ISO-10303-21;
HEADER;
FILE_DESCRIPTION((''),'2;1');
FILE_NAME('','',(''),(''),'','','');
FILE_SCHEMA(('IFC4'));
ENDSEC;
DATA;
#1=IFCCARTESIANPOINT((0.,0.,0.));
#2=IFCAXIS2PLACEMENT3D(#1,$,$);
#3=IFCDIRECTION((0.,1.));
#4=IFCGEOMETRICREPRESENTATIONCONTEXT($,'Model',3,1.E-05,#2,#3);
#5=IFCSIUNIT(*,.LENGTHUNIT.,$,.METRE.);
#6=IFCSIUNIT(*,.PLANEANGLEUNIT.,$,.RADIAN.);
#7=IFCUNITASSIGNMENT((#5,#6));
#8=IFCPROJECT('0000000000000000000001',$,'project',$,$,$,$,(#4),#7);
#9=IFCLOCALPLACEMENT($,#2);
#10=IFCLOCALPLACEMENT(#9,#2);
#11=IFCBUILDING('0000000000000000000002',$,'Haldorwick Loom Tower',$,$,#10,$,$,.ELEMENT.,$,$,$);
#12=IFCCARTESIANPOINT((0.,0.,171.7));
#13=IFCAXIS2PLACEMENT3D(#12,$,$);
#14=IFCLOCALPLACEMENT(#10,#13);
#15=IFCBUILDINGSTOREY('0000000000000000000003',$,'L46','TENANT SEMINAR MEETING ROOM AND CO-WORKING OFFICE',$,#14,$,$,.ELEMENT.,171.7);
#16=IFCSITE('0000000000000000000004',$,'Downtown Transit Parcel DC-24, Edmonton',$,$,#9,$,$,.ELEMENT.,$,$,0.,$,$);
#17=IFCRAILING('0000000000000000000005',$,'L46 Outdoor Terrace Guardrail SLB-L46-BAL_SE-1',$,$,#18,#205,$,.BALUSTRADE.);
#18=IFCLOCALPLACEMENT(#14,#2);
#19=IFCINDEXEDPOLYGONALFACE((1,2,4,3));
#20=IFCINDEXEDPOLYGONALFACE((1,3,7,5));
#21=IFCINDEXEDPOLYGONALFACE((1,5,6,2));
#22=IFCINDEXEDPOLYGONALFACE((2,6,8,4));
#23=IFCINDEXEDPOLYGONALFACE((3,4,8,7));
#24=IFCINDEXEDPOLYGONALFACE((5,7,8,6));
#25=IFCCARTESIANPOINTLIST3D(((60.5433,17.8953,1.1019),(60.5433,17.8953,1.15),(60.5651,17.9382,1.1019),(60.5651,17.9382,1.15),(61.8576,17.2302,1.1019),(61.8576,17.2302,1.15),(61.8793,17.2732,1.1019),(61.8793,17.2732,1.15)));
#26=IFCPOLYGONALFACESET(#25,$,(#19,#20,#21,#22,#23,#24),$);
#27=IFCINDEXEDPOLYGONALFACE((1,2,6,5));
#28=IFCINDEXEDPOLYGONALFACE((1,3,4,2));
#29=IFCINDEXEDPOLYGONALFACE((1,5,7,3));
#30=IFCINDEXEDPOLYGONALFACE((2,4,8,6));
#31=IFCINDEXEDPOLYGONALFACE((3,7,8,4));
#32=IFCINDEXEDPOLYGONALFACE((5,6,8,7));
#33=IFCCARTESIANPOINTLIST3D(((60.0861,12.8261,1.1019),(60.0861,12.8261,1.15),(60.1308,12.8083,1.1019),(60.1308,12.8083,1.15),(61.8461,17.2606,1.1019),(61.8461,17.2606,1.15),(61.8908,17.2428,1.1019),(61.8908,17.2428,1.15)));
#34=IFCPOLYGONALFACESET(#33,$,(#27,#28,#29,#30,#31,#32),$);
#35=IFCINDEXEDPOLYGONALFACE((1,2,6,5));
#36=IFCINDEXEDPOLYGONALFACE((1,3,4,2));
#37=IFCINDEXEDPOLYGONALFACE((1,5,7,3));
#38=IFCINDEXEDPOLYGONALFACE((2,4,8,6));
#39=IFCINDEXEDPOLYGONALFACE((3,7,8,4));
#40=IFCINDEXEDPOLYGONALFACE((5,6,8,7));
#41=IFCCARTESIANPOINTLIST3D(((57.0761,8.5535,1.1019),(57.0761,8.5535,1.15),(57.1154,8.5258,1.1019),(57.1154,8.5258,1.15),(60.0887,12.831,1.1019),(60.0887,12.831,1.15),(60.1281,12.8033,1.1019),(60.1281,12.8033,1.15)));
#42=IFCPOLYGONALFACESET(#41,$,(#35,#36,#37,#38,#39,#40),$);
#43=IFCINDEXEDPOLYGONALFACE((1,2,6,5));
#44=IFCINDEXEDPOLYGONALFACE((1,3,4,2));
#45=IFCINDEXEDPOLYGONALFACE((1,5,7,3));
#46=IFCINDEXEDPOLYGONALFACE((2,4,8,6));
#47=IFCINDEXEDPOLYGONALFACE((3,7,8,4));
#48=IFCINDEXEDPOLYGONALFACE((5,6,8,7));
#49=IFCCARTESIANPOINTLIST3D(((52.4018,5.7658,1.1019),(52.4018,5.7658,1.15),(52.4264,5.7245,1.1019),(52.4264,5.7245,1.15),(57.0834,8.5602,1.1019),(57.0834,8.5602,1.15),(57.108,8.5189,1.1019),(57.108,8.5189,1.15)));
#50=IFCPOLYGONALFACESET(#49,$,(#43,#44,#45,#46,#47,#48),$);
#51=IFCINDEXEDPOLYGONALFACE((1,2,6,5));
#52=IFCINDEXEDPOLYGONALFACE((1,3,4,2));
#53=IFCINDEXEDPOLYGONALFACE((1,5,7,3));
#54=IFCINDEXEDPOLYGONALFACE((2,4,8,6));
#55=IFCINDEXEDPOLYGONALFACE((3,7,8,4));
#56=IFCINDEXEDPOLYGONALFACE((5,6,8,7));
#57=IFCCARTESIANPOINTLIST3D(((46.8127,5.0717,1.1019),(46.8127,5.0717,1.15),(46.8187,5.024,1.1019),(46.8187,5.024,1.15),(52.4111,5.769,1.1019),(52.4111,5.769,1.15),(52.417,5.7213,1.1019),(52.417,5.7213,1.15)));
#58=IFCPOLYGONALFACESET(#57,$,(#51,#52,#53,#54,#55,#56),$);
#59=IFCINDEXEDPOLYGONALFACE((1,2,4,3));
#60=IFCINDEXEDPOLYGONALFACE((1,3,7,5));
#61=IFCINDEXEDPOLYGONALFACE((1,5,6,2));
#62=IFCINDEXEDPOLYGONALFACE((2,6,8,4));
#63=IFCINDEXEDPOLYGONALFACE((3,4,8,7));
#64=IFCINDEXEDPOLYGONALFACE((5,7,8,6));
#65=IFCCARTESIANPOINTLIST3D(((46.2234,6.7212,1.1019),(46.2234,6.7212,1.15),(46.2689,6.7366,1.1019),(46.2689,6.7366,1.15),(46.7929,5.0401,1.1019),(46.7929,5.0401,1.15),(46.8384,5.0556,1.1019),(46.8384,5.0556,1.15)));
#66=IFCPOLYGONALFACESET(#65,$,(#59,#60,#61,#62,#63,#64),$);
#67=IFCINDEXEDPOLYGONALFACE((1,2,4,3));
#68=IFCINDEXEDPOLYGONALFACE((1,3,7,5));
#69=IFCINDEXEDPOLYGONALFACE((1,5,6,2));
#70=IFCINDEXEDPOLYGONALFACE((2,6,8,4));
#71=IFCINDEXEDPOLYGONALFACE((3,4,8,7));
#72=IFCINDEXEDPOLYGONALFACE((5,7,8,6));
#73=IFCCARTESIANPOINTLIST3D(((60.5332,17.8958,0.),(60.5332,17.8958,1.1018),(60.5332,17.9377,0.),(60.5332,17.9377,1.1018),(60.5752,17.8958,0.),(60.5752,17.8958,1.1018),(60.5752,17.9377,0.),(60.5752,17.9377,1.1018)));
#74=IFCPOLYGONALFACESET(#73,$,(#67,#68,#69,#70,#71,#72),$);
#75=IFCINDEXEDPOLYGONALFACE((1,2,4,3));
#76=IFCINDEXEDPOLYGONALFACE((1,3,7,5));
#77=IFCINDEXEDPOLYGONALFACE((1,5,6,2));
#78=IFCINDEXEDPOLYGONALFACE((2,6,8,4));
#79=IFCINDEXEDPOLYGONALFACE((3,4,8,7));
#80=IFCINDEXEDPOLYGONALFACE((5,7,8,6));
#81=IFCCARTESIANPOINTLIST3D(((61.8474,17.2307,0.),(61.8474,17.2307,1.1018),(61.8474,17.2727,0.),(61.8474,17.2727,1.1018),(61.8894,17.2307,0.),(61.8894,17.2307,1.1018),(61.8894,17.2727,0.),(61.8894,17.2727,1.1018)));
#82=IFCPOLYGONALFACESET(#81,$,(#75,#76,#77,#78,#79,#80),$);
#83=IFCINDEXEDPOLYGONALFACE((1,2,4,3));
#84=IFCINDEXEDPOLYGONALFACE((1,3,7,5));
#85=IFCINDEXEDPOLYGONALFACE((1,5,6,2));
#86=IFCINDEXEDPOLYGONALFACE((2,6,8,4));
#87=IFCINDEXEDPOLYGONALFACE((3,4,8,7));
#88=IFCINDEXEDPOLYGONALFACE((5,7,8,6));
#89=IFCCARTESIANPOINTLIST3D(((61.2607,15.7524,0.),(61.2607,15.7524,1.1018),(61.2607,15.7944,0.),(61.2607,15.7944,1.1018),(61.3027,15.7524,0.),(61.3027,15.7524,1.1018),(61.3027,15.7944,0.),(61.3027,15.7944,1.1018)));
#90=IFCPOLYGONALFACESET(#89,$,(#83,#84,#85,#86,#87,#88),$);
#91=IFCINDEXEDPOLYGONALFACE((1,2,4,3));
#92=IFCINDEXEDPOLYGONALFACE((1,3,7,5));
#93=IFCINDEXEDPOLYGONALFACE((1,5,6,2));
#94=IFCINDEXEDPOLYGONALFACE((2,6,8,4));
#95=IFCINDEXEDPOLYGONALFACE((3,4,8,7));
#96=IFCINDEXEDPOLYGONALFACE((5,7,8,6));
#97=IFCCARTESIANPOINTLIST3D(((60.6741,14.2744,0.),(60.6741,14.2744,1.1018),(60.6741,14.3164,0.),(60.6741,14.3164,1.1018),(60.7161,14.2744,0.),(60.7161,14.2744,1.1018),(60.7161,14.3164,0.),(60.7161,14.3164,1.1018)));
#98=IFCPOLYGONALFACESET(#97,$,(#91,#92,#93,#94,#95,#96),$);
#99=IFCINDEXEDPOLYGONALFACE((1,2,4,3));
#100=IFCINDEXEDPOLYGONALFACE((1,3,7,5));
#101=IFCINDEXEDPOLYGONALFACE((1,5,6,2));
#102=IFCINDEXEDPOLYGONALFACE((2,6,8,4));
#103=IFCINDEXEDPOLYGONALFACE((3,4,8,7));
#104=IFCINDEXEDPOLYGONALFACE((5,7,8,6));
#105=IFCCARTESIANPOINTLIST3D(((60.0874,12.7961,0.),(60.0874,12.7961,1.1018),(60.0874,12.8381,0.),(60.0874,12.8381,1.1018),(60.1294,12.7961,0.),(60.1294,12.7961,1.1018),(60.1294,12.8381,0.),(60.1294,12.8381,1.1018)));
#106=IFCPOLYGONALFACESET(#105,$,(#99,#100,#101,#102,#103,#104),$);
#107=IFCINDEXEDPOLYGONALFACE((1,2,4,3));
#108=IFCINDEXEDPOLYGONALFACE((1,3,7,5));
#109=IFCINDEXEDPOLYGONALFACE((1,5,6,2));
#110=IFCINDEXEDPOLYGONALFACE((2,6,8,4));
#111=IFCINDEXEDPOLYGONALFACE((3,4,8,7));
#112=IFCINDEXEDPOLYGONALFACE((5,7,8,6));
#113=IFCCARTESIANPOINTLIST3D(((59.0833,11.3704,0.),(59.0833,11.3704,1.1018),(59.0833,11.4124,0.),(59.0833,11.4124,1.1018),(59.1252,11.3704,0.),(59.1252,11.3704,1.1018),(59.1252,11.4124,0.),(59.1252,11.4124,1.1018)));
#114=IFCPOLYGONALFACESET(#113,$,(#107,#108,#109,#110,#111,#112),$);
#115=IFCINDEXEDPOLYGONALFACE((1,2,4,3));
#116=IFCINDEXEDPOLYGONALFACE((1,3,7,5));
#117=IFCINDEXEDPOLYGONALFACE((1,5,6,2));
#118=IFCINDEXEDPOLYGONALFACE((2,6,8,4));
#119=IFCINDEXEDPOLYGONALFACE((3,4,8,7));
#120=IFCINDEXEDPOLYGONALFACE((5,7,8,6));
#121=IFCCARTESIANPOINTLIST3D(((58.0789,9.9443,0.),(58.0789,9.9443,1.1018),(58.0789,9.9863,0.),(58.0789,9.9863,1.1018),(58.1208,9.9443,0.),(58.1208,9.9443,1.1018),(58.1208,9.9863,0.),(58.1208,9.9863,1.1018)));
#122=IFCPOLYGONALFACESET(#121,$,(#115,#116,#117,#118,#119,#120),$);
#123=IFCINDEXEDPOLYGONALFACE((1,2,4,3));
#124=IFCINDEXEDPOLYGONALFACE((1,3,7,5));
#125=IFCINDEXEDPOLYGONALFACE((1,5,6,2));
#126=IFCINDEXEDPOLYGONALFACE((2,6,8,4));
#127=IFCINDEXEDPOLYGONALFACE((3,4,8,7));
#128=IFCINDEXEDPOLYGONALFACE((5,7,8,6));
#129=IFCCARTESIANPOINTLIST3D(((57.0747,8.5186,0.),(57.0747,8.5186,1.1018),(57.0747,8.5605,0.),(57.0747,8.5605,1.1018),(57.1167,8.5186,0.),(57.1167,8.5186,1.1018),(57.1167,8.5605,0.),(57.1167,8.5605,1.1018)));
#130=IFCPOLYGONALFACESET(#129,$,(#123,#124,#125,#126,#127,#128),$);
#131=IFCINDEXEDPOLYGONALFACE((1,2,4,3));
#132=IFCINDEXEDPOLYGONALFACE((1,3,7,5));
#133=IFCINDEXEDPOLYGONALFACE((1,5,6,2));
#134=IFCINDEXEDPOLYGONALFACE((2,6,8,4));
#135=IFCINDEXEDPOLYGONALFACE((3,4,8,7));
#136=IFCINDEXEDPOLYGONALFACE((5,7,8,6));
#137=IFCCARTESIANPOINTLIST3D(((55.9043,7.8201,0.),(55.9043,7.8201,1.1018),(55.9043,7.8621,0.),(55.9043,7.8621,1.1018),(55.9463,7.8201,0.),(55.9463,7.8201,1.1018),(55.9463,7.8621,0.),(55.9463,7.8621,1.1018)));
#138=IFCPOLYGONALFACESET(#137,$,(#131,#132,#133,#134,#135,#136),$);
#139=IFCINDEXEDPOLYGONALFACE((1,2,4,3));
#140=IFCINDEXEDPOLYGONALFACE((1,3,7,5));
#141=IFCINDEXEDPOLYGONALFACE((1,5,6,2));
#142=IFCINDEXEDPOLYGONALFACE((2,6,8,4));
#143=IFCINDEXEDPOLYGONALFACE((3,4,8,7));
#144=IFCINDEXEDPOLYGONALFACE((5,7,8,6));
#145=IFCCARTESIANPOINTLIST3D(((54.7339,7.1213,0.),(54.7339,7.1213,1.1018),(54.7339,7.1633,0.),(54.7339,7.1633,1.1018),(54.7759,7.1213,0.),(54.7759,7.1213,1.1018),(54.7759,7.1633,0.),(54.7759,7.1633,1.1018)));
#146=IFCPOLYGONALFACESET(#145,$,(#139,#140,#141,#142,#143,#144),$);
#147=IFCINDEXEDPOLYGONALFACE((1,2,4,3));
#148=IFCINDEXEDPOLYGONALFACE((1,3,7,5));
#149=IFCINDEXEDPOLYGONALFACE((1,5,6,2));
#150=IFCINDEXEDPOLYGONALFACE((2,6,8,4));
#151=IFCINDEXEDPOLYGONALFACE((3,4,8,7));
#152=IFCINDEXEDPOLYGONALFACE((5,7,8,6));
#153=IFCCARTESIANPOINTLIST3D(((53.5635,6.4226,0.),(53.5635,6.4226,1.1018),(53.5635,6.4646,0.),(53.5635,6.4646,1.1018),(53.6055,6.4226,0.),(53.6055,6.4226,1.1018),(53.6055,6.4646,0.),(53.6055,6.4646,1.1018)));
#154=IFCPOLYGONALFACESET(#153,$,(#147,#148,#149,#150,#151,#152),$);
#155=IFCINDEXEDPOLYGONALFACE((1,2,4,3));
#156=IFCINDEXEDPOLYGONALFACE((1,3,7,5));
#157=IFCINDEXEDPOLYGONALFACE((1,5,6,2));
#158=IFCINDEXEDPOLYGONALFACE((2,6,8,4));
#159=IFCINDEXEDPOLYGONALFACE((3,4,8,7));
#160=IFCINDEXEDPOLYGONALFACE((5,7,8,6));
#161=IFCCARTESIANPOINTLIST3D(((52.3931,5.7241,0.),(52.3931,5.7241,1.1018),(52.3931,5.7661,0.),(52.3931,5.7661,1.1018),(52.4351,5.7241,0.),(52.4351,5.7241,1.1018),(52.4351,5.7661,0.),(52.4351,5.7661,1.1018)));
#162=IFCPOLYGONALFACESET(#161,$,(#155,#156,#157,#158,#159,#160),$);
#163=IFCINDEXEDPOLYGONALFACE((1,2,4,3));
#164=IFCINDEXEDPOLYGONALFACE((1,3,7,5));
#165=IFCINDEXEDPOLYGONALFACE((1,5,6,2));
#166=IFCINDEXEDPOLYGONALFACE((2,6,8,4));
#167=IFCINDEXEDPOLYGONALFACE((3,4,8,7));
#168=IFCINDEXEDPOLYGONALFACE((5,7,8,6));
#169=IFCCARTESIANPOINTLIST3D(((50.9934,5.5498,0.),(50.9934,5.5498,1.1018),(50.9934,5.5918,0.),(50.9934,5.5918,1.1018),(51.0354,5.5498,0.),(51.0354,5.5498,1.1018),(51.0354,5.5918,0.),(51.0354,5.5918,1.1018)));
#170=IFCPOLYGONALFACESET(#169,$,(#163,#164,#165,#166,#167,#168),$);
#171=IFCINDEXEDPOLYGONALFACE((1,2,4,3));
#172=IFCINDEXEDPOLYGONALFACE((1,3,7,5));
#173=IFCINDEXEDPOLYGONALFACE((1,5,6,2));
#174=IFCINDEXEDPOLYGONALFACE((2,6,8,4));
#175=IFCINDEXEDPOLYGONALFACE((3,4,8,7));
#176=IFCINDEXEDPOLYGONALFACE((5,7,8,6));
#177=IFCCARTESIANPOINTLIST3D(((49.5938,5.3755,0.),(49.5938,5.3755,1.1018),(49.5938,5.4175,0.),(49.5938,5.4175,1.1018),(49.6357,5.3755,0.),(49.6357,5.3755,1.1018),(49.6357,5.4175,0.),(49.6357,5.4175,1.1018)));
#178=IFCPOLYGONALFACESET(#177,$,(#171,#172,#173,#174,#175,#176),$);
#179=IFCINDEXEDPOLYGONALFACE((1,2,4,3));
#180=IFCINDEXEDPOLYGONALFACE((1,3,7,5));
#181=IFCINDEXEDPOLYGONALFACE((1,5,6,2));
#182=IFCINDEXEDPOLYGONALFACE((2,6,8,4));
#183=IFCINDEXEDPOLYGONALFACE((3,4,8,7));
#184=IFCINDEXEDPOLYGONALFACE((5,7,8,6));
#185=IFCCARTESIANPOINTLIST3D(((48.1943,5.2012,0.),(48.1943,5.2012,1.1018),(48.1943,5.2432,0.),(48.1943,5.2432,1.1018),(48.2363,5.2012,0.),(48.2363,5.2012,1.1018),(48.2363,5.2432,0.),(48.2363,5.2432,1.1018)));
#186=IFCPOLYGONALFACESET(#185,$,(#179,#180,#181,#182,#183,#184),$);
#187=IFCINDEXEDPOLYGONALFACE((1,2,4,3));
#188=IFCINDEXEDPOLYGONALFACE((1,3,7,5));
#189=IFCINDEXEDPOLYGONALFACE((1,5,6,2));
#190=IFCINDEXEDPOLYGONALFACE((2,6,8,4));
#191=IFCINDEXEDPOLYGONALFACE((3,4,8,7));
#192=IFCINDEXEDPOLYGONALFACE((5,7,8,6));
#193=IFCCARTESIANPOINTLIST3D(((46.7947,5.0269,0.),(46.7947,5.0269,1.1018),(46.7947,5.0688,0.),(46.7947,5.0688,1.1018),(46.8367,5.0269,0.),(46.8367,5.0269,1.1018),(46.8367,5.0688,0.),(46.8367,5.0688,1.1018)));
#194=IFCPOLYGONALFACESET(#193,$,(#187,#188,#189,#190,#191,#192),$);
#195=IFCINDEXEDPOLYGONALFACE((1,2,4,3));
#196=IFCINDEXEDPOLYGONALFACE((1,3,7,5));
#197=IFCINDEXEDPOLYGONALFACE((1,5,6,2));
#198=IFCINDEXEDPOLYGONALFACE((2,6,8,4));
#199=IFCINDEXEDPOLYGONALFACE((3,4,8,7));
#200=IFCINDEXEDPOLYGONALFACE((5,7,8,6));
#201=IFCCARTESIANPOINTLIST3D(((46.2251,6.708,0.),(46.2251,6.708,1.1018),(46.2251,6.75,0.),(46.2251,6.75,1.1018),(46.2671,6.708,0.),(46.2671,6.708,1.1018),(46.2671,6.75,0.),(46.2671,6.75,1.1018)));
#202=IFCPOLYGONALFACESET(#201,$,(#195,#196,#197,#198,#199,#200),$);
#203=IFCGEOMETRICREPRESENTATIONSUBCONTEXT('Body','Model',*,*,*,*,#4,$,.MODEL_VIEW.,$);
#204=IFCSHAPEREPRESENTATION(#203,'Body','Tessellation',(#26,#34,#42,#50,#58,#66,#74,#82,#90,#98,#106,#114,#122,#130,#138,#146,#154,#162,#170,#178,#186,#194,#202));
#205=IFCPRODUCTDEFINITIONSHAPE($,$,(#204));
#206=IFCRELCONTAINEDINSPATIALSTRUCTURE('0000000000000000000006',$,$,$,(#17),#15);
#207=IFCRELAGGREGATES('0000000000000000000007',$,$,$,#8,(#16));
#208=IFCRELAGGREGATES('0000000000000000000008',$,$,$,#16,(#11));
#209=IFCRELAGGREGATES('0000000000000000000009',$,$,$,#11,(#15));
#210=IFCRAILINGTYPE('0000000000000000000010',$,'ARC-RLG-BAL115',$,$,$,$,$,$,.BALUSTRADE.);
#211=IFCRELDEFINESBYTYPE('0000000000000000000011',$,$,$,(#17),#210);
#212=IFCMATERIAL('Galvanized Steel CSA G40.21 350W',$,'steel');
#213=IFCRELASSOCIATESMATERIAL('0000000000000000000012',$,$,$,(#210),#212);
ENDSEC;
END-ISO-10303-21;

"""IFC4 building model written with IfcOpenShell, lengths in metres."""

from ifc_helpers import new_model, si_unit, direction, frame, origin, origin_2d, place, context, subcontext, project, spatial, rectangle, extrude, material, type_object, element, save


model = new_model("IFC4")

# Units and contexts
model_context = context("Model", 3, precision=1e-05, world=origin(), true_north=direction((0.0, 1.0)))
body_context = subcontext(model_context, "Body", "Model", "MODEL_VIEW")
ifc_project = project(units=[si_unit("LENGTHUNIT", "METRE"), si_unit("PLANEANGLEUNIT", "RADIAN")], contexts=[model_context])

# Site, building, storey
site_placement = place(None, origin())
site = spatial("IfcSite", under=ifc_project, at=site_placement, Name="Downtown Transit Parcel DC-24, Edmonton", CompositionType="ELEMENT", RefElevation=0.0)
building_placement = place(site_placement, origin())
building = spatial("IfcBuilding", under=site, at=building_placement, Name="Haldorwick Loom Tower", CompositionType="ELEMENT")
storey_placement = place(building_placement, frame((0.0, 0.0, 171.7)))
storey = spatial("IfcBuildingStorey", under=building, at=storey_placement, Name="L46", Description="TENANT SEMINAR MEETING ROOM AND CO-WORKING OFFICE", CompositionType="ELEMENT", Elevation=171.7)

# Railing
ifc_material_1 = material(Name="Galvanized Steel CSA G40.21 350W", Category="steel")
railing_type = type_object("IfcRailingType", Name="ARC-RLG-BAL115", PredefinedType="BALUSTRADE", material=ifc_material_1)
railing_placement = place(storey_placement, frame((60.5542, 17.9167, 0.0)))
element("IfcRailing", 1, at=railing_placement, inside=storey, type_object=railing_type, Name="L46 Outdoor Terrace Guardrail SLB-L46-BAL_SE-1", PredefinedType="BALUSTRADE", context=body_context, shape_type="SweptSolid", body=[
    extrude(rectangle(XDim=0.0481, YDim=0.0481, at=origin_2d()), frame((0.0, 0.0, 1.126), z_axis=(0.892262, -0.451518, 0.0), x_axis=(0.451518, 0.892262, 0.0)), (0.0, 0.0, 1.0), 1.4729),
    extrude(rectangle(XDim=0.0481, YDim=0.0481, at=origin_2d()), frame((1.3142, -0.665, 1.126), z_axis=(-0.368893, -0.929472, 0.0), x_axis=(0.929472, -0.368893, 0.0)), (0.0, 0.0, 1.0), 4.771),
    extrude(rectangle(XDim=0.0481, YDim=0.0481, at=origin_2d()), frame((-0.4458, -5.0996, 1.126), z_axis=(-0.575818, -0.817578, 0.0), x_axis=(0.817578, -0.575818, 0.0)), (0.0, 0.0, 1.0), 5.2319),
    extrude(rectangle(XDim=0.0481, YDim=0.0481, at=origin_2d()), frame((-3.4585, -9.3772, 1.126), z_axis=(-0.858668, -0.512532, 0.0), x_axis=(0.512532, -0.858668, 0.0)), (0.0, 0.0, 1.0), 5.4521),
    extrude(rectangle(XDim=0.0481, YDim=0.0481, at=origin_2d()), frame((-8.1401, -12.1716, 1.126), z_axis=(-0.992333, -0.123593, 0.0), x_axis=(0.123593, -0.992333, 0.0)), (0.0, 0.0, 1.0), 5.6416),
    extrude(rectangle(XDim=0.0481, YDim=0.0481, at=origin_2d()), frame((-13.7385, -12.8689, 1.126), z_axis=(-0.320887, 0.947118, 0.0), x_axis=(-0.947118, -0.320887, 0.0)), (0.0, 0.0, 1.0), 1.7749),
    extrude(rectangle(XDim=0.042, YDim=0.042, at=origin_2d()), origin(), (0.0, 0.0, 1.0), 1.1018),
    extrude(rectangle(XDim=0.042, YDim=0.042, at=origin_2d()), frame((1.3142, -0.665, 0.0)), (0.0, 0.0, 1.0), 1.1018),
    extrude(rectangle(XDim=0.042, YDim=0.042, at=origin_2d()), frame((0.7275, -2.1433, 0.0)), (0.0, 0.0, 1.0), 1.1018),
    extrude(rectangle(XDim=0.042, YDim=0.042, at=origin_2d()), frame((0.1409, -3.6213, 0.0)), (0.0, 0.0, 1.0), 1.1018),
    extrude(rectangle(XDim=0.042, YDim=0.042, at=origin_2d()), frame((-0.4458, -5.0996, 0.0)), (0.0, 0.0, 1.0), 1.1018),
    extrude(rectangle(XDim=0.042, YDim=0.042, at=origin_2d()), frame((-1.45, -6.5254, 0.0)), (0.0, 0.0, 1.0), 1.1018),
    extrude(rectangle(XDim=0.042, YDim=0.042, at=origin_2d()), frame((-2.4543, -7.9514, 0.0)), (0.0, 0.0, 1.0), 1.1018),
    extrude(rectangle(XDim=0.042, YDim=0.042, at=origin_2d()), frame((-3.4585, -9.3772, 0.0)), (0.0, 0.0, 1.0), 1.1018),
    extrude(rectangle(XDim=0.042, YDim=0.042, at=origin_2d()), frame((-4.6289, -10.0757, 0.0)), (0.0, 0.0, 1.0), 1.1018),
    extrude(rectangle(XDim=0.042, YDim=0.042, at=origin_2d()), frame((-5.7993, -10.7744, 0.0)), (0.0, 0.0, 1.0), 1.1018),
    extrude(rectangle(XDim=0.042, YDim=0.042, at=origin_2d()), frame((-6.9697, -11.4731, 0.0)), (0.0, 0.0, 1.0), 1.1018),
    extrude(rectangle(XDim=0.042, YDim=0.042, at=origin_2d()), frame((-8.1401, -12.1716, 0.0)), (0.0, 0.0, 1.0), 1.1018),
    extrude(rectangle(XDim=0.042, YDim=0.042, at=origin_2d()), frame((-9.5398, -12.3459, 0.0)), (0.0, 0.0, 1.0), 1.1018),
    extrude(rectangle(XDim=0.042, YDim=0.042, at=origin_2d()), frame((-10.9395, -12.5203, 0.0)), (0.0, 0.0, 1.0), 1.1018),
    extrude(rectangle(XDim=0.042, YDim=0.042, at=origin_2d()), frame((-12.3389, -12.6946, 0.0)), (0.0, 0.0, 1.0), 1.1018),
    extrude(rectangle(XDim=0.042, YDim=0.042, at=origin_2d()), frame((-13.7385, -12.8689, 0.0)), (0.0, 0.0, 1.0), 1.1018),
    extrude(rectangle(XDim=0.042, YDim=0.042, at=origin_2d()), frame((-14.3081, -11.1877, 0.0)), (0.0, 0.0, 1.0), 1.1018),
])

save(model, "model.ifc")
